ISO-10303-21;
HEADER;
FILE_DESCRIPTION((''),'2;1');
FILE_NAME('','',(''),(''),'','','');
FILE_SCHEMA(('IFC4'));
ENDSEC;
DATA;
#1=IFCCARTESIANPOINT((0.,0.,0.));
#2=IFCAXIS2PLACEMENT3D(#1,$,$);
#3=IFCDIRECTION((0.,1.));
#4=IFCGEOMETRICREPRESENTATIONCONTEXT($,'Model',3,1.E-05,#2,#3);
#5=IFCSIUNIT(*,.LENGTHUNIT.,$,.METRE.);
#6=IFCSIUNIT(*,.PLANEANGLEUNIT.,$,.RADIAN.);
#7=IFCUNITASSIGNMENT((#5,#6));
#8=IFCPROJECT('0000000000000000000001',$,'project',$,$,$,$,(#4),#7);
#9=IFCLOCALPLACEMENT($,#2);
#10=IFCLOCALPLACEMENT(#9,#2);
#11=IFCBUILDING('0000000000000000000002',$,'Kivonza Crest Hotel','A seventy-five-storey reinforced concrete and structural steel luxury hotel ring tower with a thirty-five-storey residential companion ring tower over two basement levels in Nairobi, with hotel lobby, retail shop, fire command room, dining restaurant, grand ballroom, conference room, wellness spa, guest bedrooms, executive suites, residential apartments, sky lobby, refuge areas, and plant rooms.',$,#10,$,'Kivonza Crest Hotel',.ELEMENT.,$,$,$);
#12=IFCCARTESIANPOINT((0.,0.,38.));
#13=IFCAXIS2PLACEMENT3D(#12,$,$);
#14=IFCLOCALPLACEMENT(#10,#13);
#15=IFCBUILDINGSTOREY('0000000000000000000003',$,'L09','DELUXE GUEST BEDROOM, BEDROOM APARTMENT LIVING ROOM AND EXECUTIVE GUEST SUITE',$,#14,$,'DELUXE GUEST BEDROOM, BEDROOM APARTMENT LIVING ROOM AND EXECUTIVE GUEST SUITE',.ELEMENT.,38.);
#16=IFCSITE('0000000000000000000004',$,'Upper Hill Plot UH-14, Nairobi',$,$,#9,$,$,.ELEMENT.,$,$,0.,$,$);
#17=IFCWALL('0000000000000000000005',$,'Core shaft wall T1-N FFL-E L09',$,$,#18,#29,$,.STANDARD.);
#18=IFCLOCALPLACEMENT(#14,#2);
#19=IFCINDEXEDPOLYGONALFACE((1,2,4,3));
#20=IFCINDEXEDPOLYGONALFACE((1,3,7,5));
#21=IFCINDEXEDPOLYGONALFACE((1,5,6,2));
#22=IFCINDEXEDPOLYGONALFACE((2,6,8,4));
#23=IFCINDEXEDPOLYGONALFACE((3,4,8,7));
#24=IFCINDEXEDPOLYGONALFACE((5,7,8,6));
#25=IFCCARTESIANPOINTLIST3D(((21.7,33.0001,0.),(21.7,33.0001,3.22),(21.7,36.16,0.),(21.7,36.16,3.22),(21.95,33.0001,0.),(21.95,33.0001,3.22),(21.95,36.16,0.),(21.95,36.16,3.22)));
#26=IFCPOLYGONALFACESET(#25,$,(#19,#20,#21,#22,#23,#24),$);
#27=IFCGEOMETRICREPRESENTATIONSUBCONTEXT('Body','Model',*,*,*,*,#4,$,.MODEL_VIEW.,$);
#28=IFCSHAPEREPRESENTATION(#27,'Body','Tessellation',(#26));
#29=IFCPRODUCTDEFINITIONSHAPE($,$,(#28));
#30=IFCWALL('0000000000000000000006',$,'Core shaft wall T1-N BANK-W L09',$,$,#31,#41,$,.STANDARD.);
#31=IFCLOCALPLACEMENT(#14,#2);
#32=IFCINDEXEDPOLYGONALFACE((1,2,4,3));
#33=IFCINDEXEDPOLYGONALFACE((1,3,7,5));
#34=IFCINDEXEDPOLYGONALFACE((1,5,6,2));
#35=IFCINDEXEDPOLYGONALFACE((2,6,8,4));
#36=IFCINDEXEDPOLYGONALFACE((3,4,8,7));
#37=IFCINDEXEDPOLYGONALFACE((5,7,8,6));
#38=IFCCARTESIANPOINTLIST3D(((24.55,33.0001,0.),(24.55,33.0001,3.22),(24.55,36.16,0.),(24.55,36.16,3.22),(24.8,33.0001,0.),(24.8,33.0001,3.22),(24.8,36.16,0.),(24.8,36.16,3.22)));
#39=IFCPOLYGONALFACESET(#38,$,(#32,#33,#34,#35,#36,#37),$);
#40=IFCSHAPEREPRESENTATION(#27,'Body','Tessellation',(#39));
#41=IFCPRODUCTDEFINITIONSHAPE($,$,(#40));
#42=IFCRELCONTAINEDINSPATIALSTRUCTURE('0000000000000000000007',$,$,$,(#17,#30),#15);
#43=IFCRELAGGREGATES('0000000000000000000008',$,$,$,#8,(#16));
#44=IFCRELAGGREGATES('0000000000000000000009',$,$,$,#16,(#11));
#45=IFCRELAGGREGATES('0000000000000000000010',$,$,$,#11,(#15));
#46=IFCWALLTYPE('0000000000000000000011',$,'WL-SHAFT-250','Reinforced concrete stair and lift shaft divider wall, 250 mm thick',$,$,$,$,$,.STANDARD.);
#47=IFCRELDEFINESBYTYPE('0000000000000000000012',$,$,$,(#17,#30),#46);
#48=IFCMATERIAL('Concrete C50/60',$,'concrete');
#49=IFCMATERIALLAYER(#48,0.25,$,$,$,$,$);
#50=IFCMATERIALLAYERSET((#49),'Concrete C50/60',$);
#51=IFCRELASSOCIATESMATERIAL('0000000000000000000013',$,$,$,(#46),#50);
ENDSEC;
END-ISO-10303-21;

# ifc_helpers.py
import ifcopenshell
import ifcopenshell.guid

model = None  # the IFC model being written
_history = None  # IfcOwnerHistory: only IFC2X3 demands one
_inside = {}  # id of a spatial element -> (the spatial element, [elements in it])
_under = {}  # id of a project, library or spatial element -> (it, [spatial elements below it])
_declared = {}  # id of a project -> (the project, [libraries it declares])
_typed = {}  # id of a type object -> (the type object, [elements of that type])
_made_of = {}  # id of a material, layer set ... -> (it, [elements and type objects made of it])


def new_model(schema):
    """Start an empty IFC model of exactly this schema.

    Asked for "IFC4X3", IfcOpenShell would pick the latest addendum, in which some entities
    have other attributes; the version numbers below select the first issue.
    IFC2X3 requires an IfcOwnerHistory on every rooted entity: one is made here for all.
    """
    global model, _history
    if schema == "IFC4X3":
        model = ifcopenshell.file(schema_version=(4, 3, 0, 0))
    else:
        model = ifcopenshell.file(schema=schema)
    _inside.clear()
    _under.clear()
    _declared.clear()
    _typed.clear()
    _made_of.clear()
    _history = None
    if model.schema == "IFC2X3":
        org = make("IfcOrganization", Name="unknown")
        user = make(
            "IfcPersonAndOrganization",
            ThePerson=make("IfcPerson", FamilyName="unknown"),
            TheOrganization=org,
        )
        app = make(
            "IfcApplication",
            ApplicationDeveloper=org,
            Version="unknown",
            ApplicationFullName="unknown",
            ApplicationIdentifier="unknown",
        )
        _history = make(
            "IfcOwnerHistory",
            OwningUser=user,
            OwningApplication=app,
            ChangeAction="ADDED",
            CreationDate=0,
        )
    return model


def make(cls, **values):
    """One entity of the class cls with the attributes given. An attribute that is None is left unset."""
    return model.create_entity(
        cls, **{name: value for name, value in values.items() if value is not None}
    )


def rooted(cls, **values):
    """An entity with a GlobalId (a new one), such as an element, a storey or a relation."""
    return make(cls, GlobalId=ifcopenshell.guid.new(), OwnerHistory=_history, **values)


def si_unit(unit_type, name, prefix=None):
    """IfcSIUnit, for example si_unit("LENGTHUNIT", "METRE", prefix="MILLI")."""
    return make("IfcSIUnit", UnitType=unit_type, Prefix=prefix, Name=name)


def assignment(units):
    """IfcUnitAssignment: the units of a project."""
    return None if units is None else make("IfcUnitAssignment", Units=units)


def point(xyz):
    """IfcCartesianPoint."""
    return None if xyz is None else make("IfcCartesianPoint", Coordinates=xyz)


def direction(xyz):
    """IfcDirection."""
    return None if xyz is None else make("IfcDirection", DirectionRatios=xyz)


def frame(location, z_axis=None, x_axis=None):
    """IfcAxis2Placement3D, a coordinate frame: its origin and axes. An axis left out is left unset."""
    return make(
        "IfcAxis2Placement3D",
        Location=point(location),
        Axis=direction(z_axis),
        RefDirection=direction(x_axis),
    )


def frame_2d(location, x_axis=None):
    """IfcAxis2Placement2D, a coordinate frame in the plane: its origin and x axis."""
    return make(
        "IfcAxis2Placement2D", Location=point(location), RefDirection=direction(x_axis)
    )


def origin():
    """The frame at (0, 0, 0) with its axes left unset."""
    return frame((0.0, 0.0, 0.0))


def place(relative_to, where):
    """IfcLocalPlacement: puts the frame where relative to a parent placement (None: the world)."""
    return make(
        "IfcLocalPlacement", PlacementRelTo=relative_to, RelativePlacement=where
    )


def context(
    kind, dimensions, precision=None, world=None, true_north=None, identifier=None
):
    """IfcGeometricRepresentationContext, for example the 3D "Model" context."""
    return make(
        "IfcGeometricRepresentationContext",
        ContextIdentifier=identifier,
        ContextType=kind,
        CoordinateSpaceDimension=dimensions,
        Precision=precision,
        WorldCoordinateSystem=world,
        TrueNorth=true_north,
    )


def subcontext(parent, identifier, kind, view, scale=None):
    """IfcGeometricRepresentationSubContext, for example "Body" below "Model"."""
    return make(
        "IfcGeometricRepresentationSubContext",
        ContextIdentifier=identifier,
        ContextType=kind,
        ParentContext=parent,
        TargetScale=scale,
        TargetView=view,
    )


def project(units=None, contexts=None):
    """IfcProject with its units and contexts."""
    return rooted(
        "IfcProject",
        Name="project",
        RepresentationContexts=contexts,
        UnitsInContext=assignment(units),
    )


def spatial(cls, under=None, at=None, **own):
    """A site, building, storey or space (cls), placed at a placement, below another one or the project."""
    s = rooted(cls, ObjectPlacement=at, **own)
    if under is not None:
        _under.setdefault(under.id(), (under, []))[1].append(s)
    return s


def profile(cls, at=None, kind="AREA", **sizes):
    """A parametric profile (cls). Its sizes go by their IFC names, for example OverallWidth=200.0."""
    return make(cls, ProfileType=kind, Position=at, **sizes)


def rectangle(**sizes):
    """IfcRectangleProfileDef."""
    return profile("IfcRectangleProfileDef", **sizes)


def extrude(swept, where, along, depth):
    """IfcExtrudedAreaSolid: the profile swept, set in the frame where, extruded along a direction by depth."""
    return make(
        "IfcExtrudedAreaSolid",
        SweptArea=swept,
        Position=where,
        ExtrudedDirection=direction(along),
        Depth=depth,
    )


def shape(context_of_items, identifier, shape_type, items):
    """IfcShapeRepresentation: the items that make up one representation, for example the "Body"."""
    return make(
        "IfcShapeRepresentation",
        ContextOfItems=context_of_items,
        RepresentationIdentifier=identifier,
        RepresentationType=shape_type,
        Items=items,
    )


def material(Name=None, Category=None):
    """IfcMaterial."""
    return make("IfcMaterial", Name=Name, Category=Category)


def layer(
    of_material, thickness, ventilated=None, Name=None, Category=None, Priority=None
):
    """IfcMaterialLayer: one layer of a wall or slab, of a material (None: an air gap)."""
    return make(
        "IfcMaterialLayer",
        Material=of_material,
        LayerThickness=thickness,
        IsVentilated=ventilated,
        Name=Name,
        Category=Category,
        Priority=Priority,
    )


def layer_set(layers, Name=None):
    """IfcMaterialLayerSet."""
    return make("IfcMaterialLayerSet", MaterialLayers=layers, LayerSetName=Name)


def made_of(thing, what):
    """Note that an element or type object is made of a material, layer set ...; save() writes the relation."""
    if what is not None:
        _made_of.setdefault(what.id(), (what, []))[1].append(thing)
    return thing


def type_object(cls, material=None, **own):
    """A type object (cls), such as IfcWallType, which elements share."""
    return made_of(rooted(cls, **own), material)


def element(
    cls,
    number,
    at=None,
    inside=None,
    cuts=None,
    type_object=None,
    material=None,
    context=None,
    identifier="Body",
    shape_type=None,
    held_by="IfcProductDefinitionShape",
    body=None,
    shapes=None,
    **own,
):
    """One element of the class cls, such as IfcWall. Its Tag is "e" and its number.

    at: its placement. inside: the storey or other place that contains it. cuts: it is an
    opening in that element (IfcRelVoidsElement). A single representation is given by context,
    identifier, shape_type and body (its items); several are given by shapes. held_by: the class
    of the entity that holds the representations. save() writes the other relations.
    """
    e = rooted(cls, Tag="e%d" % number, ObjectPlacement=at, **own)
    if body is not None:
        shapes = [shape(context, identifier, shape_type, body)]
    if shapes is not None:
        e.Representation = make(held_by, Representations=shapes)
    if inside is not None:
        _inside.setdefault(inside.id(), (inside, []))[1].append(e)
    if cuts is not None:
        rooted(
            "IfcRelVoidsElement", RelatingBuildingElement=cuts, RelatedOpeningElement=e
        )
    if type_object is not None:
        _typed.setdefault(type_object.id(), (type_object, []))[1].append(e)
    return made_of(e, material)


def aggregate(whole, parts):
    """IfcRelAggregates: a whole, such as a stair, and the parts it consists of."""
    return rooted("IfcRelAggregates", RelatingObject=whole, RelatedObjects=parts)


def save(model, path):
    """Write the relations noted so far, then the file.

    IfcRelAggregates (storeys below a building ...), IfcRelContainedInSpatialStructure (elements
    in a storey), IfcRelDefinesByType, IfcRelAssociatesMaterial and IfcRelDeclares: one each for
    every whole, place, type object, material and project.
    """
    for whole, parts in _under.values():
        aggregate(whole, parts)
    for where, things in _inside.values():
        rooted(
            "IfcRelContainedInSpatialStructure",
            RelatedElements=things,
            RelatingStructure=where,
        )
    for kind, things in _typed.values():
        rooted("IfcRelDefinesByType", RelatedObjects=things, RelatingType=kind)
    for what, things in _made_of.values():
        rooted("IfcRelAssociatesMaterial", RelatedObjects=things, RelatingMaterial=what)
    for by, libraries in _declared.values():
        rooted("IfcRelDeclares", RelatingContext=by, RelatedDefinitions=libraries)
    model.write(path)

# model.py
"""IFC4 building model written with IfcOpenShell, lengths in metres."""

from ifc_helpers import new_model, si_unit, direction, frame, frame_2d, origin, place, context, subcontext, project, spatial, rectangle, extrude, material, layer, layer_set, type_object, element, save


model = new_model("IFC4")

# Units and contexts
model_context = context("Model", 3, precision=1e-05, world=origin(), true_north=direction((0.0, 1.0)))
body_context = subcontext(model_context, "Body", "Model", "MODEL_VIEW")
ifc_project = project(units=[si_unit("LENGTHUNIT", "METRE"), si_unit("PLANEANGLEUNIT", "RADIAN")], contexts=[model_context])

# Site, building, storey
site_placement = place(None, origin())
site = spatial("IfcSite", under=ifc_project, at=site_placement, Name="Upper Hill Plot UH-14, Nairobi", CompositionType="ELEMENT", RefElevation=0.0)
building_placement = place(site_placement, origin())
building = spatial("IfcBuilding", under=site, at=building_placement, Name="Kivonza Crest Hotel", Description="A seventy-five-storey reinforced concrete and structural steel luxury hotel ring tower with a thirty-five-storey residential companion ring tower over two basement levels in Nairobi, with hotel lobby, retail shop, fire command room, dining restaurant, grand ballroom, conference room, wellness spa, guest bedrooms, executive suites, residential apartments, sky lobby, refuge areas, and plant rooms.", LongName="Kivonza Crest Hotel", CompositionType="ELEMENT")
storey_placement = place(building_placement, frame((0.0, 0.0, 38.0)))
storey = spatial("IfcBuildingStorey", under=building, at=storey_placement, Name="L09", Description="DELUXE GUEST BEDROOM, BEDROOM APARTMENT LIVING ROOM AND EXECUTIVE GUEST SUITE", LongName="DELUXE GUEST BEDROOM, BEDROOM APARTMENT LIVING ROOM AND EXECUTIVE GUEST SUITE", CompositionType="ELEMENT", Elevation=38.0)

# Shared definitions
ifc_material_1 = material(Name="Concrete C50/60", Category="concrete")
ifc_layer_1 = layer(ifc_material_1, 0.25)
ifc_layer_set_1 = layer_set([ifc_layer_1], Name="Concrete C50/60")
wall_type_1 = type_object("IfcWallType", Name="WL-SHAFT-250", Description="Reinforced concrete stair and lift shaft divider wall, 250 mm thick", PredefinedType="STANDARD", material=ifc_layer_set_1)

# Walls
for number, where, z_axis, x_axis, name in (
    (1, (21.825, 33.0, 0.0), (0.0, 0.0, 1.0), (0.0, 1.0, 0.0), "Core shaft wall T1-N FFL-E L09"),
    (2, (24.675, 33.0, 0.0), (0.0, 0.0, 1.0), (0.0, 1.0, 0.0), "Core shaft wall T1-N BANK-W L09"),
):
    element("IfcWall", number, at=place(storey_placement, frame(where, z_axis=z_axis, x_axis=x_axis)), inside=storey, type_object=wall_type_1, Name=name, PredefinedType="STANDARD", context=body_context, shape_type="SweptSolid", body=[
        extrude(rectangle(XDim=3.1599, YDim=0.25, at=frame_2d((1.5801, 0.0))), origin(), (0.0, 0.0, 1.0), 3.22),
    ])

save(model, "model.ifc")
